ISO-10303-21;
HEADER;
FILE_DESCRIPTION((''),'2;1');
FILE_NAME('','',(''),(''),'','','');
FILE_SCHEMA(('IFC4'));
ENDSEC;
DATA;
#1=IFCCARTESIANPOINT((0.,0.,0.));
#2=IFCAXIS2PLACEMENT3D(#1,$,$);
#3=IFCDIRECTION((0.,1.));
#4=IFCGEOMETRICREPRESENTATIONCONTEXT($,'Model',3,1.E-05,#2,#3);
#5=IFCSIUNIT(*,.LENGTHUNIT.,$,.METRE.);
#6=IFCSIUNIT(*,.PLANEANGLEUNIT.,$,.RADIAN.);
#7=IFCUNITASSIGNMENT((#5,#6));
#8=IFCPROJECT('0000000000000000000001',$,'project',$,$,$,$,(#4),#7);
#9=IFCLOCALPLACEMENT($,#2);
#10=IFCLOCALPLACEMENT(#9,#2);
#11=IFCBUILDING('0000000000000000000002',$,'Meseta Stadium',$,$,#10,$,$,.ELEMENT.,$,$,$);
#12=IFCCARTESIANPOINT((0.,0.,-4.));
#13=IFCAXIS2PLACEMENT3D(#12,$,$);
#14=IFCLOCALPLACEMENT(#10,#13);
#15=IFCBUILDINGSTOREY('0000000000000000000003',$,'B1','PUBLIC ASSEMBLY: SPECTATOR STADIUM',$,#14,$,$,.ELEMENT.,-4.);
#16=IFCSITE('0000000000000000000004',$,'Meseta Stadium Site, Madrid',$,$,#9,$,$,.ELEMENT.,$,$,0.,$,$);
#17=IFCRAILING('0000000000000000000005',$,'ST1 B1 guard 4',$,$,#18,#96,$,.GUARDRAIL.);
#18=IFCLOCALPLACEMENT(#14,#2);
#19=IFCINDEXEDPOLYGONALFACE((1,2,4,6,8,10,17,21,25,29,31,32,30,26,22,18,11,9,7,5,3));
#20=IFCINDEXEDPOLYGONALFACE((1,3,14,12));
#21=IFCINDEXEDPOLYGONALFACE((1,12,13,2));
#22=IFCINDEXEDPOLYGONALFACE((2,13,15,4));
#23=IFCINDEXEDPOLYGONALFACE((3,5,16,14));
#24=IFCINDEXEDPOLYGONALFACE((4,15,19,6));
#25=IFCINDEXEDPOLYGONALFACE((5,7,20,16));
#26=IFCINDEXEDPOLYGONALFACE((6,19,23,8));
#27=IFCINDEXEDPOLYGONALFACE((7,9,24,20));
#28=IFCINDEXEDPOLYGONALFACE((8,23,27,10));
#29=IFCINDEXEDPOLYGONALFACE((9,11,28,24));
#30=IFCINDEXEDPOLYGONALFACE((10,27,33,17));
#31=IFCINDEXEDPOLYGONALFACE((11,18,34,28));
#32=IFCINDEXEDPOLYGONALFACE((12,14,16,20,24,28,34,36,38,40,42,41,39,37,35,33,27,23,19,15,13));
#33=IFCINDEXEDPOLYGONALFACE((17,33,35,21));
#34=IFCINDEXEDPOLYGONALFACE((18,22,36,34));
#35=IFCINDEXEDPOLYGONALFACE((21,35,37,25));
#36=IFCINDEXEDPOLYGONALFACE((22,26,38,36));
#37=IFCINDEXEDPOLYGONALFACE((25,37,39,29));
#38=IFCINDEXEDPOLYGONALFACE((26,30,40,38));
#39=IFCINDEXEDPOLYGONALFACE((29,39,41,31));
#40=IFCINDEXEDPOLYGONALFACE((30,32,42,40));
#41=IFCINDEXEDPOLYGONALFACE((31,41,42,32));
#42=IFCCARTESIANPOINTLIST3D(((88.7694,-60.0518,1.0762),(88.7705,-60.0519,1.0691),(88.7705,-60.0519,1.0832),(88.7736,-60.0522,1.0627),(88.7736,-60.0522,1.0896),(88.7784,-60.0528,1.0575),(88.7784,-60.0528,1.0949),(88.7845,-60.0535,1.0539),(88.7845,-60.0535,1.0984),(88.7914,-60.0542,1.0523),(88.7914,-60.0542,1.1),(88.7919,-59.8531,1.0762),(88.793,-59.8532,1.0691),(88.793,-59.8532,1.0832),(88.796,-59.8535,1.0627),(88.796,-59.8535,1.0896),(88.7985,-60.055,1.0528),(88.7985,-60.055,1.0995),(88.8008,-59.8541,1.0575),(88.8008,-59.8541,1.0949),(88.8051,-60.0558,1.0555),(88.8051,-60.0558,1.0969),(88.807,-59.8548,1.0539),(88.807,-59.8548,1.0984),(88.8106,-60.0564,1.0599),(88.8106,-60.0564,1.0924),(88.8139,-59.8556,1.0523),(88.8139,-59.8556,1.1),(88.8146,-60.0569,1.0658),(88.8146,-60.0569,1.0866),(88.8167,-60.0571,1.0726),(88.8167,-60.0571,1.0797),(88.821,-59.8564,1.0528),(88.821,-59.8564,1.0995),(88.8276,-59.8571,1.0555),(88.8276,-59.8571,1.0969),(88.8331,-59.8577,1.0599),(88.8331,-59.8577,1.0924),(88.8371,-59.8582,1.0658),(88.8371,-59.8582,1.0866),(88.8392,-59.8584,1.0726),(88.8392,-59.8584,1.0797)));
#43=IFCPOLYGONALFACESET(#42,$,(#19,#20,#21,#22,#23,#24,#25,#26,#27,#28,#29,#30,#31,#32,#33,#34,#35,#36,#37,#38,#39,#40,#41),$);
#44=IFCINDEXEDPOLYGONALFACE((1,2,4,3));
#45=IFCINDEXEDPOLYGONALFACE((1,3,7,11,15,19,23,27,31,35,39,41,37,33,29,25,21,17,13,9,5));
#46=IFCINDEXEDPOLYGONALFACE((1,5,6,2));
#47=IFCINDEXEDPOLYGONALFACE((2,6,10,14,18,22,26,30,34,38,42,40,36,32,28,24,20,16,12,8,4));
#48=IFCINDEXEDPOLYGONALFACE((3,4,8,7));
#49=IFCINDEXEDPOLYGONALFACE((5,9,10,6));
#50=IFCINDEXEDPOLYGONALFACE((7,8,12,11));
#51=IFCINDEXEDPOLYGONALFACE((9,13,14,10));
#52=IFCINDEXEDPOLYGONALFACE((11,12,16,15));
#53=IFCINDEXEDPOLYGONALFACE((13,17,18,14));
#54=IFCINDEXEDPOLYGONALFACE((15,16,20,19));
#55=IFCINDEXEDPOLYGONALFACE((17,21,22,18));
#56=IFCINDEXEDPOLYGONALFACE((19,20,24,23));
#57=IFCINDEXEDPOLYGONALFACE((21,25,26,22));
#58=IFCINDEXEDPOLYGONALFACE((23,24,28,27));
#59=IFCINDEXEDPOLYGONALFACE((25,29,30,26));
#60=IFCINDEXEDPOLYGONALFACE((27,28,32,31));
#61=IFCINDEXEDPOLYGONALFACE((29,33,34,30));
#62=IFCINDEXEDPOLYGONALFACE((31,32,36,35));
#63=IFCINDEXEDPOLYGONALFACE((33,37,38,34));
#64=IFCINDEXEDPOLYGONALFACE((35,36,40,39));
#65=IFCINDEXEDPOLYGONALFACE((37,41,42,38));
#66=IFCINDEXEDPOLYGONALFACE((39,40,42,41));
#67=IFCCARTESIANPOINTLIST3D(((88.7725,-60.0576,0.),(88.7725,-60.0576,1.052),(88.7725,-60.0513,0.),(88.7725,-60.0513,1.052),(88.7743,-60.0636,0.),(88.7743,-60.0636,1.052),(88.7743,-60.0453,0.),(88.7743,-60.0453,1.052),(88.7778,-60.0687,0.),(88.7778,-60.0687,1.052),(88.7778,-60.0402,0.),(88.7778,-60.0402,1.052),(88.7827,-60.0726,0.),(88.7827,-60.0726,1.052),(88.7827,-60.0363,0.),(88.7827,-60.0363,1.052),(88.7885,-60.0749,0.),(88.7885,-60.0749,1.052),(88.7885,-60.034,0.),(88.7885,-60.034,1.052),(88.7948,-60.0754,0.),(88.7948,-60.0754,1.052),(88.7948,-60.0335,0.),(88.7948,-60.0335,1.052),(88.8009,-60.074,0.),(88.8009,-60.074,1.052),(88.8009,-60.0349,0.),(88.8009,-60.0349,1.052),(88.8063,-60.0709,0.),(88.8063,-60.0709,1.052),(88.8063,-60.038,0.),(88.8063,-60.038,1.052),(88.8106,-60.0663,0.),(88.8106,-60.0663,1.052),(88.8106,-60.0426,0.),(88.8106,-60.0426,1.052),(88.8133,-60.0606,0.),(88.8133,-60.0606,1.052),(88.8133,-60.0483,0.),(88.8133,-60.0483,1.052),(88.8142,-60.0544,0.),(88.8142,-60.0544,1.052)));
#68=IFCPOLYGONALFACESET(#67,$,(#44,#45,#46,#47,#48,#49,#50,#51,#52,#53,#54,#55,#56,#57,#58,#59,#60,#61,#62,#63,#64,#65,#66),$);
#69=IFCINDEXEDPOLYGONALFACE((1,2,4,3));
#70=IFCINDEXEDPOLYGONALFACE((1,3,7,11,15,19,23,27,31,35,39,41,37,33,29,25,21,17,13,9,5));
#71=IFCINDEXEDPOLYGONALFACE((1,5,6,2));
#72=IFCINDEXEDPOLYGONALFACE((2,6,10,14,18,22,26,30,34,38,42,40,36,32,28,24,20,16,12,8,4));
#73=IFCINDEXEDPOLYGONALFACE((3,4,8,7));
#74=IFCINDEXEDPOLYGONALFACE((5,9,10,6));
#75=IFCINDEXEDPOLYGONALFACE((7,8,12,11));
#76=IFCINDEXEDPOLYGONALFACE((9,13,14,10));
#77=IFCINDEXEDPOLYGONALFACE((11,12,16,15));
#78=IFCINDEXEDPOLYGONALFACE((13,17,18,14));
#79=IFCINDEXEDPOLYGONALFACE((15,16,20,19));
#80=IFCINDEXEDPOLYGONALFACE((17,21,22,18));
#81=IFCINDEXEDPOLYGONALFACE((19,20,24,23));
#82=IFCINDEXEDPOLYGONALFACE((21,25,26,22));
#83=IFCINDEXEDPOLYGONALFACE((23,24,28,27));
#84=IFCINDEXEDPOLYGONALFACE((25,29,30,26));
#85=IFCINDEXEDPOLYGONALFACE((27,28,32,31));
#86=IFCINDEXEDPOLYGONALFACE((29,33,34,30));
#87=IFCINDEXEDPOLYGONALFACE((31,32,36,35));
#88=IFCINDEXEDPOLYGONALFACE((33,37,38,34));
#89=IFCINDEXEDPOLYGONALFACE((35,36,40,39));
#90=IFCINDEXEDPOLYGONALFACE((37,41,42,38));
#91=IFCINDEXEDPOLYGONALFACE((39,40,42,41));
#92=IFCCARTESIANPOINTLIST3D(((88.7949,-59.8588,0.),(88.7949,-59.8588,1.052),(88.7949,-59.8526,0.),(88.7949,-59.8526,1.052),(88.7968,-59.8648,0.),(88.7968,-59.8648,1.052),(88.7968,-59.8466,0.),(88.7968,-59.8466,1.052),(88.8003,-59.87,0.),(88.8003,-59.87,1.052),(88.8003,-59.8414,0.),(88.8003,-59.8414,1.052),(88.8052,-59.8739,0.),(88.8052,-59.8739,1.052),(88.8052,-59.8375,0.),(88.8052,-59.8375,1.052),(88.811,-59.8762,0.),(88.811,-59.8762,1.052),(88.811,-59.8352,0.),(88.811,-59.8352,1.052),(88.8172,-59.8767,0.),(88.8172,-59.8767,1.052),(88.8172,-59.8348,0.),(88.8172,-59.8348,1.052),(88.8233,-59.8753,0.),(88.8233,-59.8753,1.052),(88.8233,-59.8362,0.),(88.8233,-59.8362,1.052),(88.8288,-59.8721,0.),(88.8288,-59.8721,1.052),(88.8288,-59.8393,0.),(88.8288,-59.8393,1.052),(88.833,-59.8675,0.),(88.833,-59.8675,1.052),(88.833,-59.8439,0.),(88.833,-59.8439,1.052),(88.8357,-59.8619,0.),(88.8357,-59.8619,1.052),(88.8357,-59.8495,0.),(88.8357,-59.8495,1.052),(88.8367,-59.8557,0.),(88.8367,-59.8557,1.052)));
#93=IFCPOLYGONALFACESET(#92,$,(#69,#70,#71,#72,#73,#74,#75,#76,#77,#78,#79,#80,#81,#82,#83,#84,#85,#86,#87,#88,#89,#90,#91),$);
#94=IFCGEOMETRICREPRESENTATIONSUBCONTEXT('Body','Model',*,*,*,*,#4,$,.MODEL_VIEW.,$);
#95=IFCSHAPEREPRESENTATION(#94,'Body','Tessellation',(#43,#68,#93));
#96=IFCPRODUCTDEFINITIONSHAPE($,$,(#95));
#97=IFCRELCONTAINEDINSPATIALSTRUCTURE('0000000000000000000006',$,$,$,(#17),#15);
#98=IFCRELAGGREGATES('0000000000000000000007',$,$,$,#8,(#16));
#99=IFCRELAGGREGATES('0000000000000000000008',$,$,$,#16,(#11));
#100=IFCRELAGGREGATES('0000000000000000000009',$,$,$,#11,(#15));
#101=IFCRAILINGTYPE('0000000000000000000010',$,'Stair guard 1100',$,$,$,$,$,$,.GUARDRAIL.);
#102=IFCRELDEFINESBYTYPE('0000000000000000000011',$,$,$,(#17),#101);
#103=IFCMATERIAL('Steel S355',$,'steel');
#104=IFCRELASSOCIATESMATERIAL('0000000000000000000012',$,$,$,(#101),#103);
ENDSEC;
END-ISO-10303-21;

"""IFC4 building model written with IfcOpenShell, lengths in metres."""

from ifc_helpers import new_model, si_unit, direction, frame, origin, origin_2d, place, context, subcontext, project, spatial, circle, extrude, material, type_object, element, save


model = new_model("IFC4")

# Units and contexts
model_context = context("Model", 3, precision=1e-05, world=origin(), true_north=direction((0.0, 1.0)))
body_context = subcontext(model_context, "Body", "Model", "MODEL_VIEW")
ifc_project = project(units=[si_unit("LENGTHUNIT", "METRE"), si_unit("PLANEANGLEUNIT", "RADIAN")], contexts=[model_context])

# Site, building, storey
site_placement = place(None, origin())
site = spatial("IfcSite", under=ifc_project, at=site_placement, Name="Meseta Stadium Site, Madrid", CompositionType="ELEMENT", RefElevation=0.0)
building_placement = place(site_placement, origin())
building = spatial("IfcBuilding", under=site, at=building_placement, Name="Meseta Stadium", CompositionType="ELEMENT")
storey_placement = place(building_placement, frame((0.0, 0.0, -4.0)))
storey = spatial("IfcBuildingStorey", under=building, at=storey_placement, Name="B1", Description="PUBLIC ASSEMBLY: SPECTATOR STADIUM", CompositionType="ELEMENT", Elevation=-4.0)

# Railing
ifc_material_1 = material(Name="Steel S355", Category="steel")
railing_type_1 = type_object("IfcRailingType", Name="Stair guard 1100", PredefinedType="GUARDRAIL", material=ifc_material_1)
railing_1_placement = place(storey_placement, frame((88.7932, -60.0544, 0.0)))
element("IfcRailing", 1, at=railing_1_placement, inside=storey, type_object=railing_type_1, Name="ST1 B1 guard 4", PredefinedType="GUARDRAIL", context=body_context, shape_type="SweptSolid", body=[
    extrude(circle(Radius=0.0239, at=origin_2d()), frame((0.0, 0.0, 1.0762), z_axis=(0.112307, 0.993674, 0.0), x_axis=(-0.993674, 0.112307, 0.0)), (0.0, 0.0, 1.0), 0.2),
    extrude(circle(Radius=0.021, at=origin_2d()), origin(), (0.0, 0.0, 1.0), 1.052),
    extrude(circle(Radius=0.021, at=origin_2d()), frame((0.0225, 0.1987, 0.0)), (0.0, 0.0, 1.0), 1.052),
])

save(model, "model.ifc")
